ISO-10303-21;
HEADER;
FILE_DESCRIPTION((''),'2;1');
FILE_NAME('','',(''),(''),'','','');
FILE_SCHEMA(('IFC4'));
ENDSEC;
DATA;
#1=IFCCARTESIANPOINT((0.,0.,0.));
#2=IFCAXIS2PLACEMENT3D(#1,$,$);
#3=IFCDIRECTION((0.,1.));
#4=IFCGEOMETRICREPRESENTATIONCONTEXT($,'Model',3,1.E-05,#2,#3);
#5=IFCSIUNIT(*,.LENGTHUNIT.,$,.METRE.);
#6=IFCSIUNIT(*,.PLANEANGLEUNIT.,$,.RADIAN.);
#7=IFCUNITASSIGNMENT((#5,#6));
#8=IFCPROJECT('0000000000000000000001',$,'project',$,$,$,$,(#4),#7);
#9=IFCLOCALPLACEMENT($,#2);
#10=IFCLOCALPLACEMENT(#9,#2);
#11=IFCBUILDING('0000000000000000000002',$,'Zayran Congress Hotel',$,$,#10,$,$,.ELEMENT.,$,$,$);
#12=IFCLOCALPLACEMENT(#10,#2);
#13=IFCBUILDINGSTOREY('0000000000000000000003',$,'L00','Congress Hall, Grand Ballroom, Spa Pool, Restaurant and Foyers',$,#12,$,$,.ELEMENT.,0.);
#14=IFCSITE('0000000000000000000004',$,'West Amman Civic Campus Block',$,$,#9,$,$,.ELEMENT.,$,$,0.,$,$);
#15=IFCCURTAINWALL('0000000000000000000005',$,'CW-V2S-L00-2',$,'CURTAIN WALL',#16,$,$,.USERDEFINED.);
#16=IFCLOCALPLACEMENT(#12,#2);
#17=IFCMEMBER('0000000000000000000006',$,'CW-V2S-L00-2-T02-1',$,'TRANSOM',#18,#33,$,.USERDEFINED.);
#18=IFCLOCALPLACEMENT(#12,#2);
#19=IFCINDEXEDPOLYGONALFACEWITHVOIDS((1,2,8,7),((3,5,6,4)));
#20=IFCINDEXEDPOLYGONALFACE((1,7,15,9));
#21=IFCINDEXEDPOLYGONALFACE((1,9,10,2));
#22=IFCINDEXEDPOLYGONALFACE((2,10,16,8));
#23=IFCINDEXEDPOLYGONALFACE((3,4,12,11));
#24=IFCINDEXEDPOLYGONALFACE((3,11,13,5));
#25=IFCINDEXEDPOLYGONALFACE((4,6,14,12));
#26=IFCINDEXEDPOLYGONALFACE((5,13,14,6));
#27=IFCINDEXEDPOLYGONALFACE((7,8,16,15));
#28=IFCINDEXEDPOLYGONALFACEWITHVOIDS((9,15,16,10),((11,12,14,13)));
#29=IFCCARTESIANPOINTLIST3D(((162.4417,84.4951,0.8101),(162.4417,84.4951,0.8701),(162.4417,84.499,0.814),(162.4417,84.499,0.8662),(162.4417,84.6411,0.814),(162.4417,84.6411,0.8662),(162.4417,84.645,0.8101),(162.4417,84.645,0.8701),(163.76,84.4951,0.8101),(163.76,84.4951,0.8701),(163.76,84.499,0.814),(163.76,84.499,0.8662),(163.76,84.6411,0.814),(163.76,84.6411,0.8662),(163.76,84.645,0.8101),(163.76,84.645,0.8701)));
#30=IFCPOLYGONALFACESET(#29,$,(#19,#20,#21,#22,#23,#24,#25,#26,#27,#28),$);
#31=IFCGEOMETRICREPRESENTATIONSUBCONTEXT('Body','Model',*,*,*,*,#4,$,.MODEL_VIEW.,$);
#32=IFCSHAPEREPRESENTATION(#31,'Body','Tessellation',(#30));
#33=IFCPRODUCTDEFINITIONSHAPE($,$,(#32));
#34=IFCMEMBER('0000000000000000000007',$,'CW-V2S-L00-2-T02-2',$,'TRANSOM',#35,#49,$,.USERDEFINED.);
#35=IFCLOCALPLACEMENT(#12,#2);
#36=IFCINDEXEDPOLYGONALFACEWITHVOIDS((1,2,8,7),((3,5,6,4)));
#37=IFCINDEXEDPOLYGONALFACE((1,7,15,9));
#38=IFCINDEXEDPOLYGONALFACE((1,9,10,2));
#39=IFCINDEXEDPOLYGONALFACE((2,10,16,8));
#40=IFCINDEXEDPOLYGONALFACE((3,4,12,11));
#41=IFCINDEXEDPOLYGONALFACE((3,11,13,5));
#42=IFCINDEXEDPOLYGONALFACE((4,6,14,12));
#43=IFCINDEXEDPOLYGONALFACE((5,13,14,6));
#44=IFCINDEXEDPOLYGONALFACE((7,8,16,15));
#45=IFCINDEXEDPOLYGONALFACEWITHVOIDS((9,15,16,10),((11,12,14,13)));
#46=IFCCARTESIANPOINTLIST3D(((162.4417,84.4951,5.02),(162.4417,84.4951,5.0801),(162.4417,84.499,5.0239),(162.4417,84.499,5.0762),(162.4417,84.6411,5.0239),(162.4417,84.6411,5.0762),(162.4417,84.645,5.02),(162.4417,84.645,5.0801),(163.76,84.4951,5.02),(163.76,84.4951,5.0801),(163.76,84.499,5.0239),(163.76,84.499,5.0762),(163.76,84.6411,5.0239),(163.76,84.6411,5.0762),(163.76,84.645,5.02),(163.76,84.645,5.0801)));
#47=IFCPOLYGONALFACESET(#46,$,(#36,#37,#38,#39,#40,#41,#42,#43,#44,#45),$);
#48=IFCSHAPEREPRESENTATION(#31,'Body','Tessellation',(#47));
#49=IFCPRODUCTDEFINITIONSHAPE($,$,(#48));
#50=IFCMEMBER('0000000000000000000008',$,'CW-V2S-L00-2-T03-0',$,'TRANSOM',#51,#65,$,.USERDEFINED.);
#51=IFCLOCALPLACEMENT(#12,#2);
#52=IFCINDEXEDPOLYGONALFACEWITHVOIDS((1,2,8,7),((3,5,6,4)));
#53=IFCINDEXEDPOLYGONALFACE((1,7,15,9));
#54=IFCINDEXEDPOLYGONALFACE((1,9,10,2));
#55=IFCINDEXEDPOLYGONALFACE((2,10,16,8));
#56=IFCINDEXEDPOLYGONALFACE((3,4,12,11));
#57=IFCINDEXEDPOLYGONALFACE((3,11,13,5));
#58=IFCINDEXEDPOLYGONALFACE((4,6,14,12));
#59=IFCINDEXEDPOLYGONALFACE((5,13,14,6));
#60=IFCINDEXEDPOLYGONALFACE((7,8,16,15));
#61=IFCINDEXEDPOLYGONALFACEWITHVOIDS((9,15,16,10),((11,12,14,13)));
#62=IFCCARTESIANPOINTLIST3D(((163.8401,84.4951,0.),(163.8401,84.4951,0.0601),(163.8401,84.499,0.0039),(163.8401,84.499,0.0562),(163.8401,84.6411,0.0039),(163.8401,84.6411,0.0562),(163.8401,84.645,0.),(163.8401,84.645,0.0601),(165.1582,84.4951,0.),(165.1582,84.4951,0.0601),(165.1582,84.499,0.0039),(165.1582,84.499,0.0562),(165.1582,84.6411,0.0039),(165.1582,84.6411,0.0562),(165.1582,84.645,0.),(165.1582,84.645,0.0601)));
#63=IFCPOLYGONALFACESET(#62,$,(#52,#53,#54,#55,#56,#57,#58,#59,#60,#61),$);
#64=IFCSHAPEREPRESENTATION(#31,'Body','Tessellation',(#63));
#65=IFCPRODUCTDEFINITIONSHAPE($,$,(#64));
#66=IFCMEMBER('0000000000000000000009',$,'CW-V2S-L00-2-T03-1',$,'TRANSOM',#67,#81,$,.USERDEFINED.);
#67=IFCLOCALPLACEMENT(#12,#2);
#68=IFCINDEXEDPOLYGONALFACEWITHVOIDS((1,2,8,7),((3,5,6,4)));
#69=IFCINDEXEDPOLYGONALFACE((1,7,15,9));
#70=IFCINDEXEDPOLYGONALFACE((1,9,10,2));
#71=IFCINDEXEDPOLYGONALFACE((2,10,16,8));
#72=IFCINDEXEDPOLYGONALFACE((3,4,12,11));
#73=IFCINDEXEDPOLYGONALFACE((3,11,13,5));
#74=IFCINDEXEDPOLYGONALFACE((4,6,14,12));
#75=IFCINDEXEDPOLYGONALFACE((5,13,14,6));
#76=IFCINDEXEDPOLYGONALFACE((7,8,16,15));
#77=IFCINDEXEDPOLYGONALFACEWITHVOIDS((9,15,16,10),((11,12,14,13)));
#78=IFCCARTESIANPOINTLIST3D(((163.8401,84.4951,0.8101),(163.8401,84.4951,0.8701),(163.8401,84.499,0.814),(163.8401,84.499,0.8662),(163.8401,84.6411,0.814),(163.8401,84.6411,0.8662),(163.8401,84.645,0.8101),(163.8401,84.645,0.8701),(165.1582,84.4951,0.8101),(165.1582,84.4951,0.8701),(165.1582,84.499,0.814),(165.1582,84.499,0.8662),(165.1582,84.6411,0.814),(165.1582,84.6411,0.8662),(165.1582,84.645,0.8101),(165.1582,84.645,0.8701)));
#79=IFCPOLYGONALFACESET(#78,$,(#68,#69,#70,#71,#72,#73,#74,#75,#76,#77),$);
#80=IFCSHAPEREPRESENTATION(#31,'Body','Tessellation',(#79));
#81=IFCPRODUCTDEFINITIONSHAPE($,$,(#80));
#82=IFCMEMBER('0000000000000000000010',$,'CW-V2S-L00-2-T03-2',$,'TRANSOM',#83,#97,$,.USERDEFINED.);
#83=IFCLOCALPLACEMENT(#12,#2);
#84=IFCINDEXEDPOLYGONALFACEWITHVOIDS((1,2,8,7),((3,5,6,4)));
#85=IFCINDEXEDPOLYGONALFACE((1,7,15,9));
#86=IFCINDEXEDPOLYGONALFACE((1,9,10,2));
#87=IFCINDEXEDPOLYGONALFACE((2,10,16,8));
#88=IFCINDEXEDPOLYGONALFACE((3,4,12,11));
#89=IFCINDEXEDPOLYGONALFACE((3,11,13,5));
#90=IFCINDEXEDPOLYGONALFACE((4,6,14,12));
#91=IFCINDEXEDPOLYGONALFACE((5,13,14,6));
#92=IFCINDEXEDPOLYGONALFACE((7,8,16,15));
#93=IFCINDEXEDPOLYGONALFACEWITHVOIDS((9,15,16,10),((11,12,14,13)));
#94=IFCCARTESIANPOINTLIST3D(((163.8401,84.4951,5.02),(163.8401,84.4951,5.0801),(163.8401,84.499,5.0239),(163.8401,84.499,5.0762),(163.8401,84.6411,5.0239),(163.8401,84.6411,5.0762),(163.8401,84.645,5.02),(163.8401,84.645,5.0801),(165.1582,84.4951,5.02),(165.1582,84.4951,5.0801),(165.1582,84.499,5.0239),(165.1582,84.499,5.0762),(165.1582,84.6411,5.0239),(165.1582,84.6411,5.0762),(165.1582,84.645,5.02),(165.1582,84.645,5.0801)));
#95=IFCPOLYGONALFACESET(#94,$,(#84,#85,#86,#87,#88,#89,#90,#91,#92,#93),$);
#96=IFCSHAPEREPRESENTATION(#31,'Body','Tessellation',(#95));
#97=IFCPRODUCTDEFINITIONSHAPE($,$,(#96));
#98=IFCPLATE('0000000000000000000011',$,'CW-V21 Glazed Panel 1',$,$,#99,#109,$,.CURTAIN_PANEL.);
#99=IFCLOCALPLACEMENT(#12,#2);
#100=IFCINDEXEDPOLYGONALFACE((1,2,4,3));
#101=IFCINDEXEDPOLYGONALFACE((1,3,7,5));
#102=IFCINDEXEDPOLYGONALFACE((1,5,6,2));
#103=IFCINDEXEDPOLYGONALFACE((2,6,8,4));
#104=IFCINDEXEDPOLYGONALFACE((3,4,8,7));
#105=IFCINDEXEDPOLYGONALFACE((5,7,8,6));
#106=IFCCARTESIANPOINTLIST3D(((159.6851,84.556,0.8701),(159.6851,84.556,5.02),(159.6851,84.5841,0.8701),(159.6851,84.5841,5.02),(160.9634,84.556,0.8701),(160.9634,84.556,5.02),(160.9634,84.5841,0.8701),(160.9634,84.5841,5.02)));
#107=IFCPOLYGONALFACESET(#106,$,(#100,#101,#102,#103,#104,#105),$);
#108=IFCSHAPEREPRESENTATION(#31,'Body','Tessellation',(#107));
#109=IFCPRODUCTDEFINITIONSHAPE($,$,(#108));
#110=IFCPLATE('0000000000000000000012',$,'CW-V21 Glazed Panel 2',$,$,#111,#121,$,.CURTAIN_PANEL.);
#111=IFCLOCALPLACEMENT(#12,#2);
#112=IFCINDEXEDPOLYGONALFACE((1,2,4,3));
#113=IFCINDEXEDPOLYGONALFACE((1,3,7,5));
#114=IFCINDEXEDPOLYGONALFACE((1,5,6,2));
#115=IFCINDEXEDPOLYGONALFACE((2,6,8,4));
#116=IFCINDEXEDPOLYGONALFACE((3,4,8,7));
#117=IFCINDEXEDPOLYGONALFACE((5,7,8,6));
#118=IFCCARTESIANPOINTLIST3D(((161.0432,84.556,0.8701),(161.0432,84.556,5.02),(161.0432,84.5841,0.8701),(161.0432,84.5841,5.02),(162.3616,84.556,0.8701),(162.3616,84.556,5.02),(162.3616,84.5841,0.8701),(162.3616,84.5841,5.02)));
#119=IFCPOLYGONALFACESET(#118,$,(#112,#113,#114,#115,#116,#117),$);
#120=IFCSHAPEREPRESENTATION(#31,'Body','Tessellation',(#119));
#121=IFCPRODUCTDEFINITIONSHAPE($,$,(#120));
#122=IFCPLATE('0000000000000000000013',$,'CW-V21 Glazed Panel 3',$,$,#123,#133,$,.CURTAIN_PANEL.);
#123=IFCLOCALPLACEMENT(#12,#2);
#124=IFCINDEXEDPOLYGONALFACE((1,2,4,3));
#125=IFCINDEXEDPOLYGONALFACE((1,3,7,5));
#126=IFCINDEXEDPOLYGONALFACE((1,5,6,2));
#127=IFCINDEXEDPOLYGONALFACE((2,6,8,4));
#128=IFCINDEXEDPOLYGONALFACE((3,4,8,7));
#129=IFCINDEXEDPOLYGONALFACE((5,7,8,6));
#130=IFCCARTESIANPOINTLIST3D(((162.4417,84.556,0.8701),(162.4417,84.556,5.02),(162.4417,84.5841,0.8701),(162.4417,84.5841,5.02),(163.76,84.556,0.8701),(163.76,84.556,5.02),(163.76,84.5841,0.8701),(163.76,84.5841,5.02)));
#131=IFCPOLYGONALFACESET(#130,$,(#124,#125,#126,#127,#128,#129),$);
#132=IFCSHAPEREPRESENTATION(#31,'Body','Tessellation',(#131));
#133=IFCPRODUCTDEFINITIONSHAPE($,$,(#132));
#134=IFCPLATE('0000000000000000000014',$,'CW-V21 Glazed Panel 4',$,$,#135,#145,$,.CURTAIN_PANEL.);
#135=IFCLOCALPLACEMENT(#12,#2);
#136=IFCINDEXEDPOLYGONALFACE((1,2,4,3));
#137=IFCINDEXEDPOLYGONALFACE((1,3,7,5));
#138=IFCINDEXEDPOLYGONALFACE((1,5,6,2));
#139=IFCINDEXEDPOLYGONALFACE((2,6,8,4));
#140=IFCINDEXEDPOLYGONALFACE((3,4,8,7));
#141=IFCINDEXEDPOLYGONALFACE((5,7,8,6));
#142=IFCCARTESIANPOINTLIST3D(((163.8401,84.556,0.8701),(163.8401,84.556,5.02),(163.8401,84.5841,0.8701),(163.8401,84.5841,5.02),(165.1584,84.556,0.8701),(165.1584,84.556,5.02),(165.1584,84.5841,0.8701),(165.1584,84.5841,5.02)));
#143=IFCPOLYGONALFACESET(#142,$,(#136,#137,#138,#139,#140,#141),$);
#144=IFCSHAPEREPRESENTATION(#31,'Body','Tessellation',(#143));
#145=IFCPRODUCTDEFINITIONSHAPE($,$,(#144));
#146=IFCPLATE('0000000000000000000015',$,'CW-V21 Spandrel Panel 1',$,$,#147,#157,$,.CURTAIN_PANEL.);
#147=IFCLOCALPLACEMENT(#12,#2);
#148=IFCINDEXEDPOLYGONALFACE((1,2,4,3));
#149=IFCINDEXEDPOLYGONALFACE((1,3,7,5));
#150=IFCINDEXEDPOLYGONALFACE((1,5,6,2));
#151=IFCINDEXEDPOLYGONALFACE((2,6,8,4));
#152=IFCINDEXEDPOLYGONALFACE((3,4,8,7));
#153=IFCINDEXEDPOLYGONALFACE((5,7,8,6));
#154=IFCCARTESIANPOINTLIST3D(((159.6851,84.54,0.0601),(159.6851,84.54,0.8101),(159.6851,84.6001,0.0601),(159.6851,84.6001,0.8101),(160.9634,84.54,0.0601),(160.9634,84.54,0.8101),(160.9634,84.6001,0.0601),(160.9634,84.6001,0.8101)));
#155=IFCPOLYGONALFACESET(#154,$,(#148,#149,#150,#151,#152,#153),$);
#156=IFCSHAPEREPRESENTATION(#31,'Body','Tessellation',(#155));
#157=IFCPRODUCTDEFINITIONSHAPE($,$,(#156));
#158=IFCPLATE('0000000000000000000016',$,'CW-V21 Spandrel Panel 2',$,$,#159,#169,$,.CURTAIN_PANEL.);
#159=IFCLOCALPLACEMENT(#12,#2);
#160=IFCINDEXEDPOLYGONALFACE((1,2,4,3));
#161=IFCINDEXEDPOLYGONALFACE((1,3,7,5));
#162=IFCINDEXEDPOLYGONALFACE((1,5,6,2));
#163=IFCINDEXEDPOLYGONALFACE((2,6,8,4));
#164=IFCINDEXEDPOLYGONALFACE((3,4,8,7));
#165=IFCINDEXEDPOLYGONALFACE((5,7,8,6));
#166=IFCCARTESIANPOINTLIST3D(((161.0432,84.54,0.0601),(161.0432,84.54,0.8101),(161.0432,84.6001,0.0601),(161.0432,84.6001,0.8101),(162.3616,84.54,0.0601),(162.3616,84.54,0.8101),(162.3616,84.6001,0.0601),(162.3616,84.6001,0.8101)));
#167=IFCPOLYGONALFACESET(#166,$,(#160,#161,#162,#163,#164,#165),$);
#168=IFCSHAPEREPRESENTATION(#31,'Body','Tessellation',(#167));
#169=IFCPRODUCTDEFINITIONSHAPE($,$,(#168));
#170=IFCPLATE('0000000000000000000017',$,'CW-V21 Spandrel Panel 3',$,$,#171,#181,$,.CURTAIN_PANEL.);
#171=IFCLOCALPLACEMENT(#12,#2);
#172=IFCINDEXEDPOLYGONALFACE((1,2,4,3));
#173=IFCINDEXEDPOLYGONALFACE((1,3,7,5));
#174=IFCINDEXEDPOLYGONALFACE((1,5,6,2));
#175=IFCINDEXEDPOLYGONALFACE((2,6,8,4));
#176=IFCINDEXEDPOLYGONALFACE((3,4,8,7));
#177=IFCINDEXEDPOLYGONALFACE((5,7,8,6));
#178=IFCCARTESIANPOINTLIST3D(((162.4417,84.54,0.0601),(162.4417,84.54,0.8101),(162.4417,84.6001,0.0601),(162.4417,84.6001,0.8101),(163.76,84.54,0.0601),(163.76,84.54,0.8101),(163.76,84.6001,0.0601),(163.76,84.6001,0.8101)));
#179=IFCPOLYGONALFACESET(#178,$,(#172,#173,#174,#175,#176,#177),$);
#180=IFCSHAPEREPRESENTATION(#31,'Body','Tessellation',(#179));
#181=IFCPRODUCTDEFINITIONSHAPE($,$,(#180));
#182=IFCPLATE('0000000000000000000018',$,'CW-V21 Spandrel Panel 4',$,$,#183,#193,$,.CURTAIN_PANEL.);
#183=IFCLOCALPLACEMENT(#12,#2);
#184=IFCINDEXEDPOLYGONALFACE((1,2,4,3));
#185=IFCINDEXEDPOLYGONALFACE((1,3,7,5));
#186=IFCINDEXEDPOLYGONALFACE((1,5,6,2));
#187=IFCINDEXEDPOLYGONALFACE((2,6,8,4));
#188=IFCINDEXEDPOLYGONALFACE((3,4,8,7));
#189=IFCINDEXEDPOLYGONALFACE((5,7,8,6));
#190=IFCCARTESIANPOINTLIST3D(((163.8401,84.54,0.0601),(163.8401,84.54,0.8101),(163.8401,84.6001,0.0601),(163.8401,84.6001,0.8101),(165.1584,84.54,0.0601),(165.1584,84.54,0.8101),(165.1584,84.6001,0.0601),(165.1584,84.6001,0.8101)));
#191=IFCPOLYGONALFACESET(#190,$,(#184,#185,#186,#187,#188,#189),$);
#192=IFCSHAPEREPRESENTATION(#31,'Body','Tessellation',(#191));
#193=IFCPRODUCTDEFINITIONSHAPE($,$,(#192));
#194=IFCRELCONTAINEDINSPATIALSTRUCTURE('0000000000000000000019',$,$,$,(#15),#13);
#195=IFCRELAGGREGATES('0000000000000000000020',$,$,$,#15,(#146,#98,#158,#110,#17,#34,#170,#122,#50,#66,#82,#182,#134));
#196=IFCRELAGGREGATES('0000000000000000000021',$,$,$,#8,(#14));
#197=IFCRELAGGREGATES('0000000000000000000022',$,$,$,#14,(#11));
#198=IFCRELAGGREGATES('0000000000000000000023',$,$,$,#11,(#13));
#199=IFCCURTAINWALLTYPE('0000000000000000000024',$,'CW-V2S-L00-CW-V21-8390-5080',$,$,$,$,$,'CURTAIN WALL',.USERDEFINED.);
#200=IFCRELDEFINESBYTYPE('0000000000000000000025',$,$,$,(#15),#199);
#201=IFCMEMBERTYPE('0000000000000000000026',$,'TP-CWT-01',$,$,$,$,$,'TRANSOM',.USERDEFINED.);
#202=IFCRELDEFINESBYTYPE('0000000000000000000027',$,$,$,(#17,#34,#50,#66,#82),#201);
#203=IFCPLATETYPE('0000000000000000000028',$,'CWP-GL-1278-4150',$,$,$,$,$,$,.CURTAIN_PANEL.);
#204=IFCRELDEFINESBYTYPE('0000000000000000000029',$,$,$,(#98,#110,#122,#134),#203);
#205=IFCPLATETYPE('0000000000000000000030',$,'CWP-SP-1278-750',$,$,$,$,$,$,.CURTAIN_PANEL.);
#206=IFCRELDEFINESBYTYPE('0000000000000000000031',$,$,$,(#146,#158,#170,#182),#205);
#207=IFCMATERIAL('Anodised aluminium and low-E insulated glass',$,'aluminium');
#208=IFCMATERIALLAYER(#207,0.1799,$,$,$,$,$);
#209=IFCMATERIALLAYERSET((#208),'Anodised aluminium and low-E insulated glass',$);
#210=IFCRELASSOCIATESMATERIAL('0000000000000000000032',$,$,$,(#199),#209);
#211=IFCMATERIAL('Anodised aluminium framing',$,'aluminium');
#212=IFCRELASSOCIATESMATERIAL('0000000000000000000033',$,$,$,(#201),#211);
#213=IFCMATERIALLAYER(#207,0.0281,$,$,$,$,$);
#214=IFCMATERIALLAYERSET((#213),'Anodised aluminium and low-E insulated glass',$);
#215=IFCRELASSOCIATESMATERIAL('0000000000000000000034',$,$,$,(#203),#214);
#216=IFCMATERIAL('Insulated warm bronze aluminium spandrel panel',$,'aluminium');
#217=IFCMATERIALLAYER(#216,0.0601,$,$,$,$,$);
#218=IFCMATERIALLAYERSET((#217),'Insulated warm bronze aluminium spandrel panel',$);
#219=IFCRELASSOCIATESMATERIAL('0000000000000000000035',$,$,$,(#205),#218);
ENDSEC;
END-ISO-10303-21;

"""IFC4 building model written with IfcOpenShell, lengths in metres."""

from ifc_helpers import new_model, si_unit, direction, frame, origin, origin_2d, place, context, subcontext, project, spatial, rectangle, hollow_rectangle, extrude, material, layer, layer_set, material_profile, profile_set, type_object, element, aggregate, save


model = new_model("IFC4")

# Units and contexts
model_context = context("Model", 3, precision=1e-05, world=origin(), true_north=direction((0.0, 1.0)))
body_context = subcontext(model_context, "Body", "Model", "MODEL_VIEW")
ifc_project = project(units=[si_unit("LENGTHUNIT", "METRE"), si_unit("PLANEANGLEUNIT", "RADIAN")], contexts=[model_context])

# Site, building, storey
site_placement = place(None, origin())
site = spatial("IfcSite", under=ifc_project, at=site_placement, Name="West Amman Civic Campus Block", CompositionType="ELEMENT", RefElevation=0.0)
building_placement = place(site_placement, origin())
building = spatial("IfcBuilding", under=site, at=building_placement, Name="Zayran Congress Hotel", CompositionType="ELEMENT")
storey_placement = place(building_placement, origin())
storey = spatial("IfcBuildingStorey", under=building, at=storey_placement, Name="L00", Description="Congress Hall, Grand Ballroom, Spa Pool, Restaurant and Foyers", CompositionType="ELEMENT", Elevation=0.0)

# Curtain wall, members, plates
ifc_material_1 = material(Name="Anodised aluminium and low-E insulated glass", Category="aluminium")
ifc_layer_1 = layer(ifc_material_1, 0.1799)
ifc_layer_set_1 = layer_set([ifc_layer_1], Name="Anodised aluminium and low-E insulated glass")
curtain_wall_type = type_object("IfcCurtainWallType", Name="CW-V2S-L00-CW-V21-8390-5080", ElementType="CURTAIN WALL", PredefinedType="USERDEFINED", material=ifc_layer_set_1)
curtain_wall_placement = place(storey_placement, origin())
curtain_wall = element("IfcCurtainWall", 1, at=curtain_wall_placement, inside=storey, type_object=curtain_wall_type, Name="CW-V2S-L00-2", ObjectType="CURTAIN WALL", PredefinedType="USERDEFINED")
ifc_material_2 = material(Name="Anodised aluminium framing", Category="aluminium")
ifc_material_profile_1 = material_profile(ifc_material_2, hollow_rectangle(XDim=0.0601, YDim=0.1499, WallThickness=0.0039, at=origin_2d()), Name="RHS 150x60x4")
ifc_profile_set_1 = profile_set([ifc_material_profile_1], Name="Anodised aluminium framing")
member_type_1 = type_object("IfcMemberType", Name="TP-CWT-01", ElementType="TRANSOM", PredefinedType="USERDEFINED", material=ifc_profile_set_1)
member_1_placement = place(storey_placement, frame((162.4417, 84.5701, 0.8401), z_axis=(1.0, 0.0, 0.0), x_axis=(0.0, 0.0, 1.0)))
member_1 = element("IfcMember", 2, at=member_1_placement, type_object=member_type_1, Name="CW-V2S-L00-2-T02-1", ObjectType="TRANSOM", PredefinedType="USERDEFINED", context=body_context, shape_type="SweptSolid", body=[
    extrude(hollow_rectangle(XDim=0.0601, YDim=0.1499, WallThickness=0.0039, at=origin_2d()), origin(), (0.0, 0.0, 1.0), 1.3184),
])
member_2_placement = place(storey_placement, frame((162.4417, 84.5701, 5.05), z_axis=(1.0, 0.0, 0.0), x_axis=(0.0, 0.0, 1.0)))
member_2 = element("IfcMember", 3, at=member_2_placement, type_object=member_type_1, Name="CW-V2S-L00-2-T02-2", ObjectType="TRANSOM", PredefinedType="USERDEFINED", context=body_context, shape_type="SweptSolid", body=[
    extrude(hollow_rectangle(XDim=0.0601, YDim=0.1499, WallThickness=0.0039, at=origin_2d()), origin(), (0.0, 0.0, 1.0), 1.3184),
])
member_3_placement = place(storey_placement, frame((163.8401, 84.5701, 0.03), z_axis=(1.0, 0.0, 0.0), x_axis=(0.0, 0.0, 1.0)))
member_3 = element("IfcMember", 4, at=member_3_placement, type_object=member_type_1, Name="CW-V2S-L00-2-T03-0", ObjectType="TRANSOM", PredefinedType="USERDEFINED", context=body_context, shape_type="SweptSolid", body=[
    extrude(hollow_rectangle(XDim=0.0601, YDim=0.1499, WallThickness=0.0039, at=origin_2d()), origin(), (0.0, 0.0, 1.0), 1.3181),
])
member_4_placement = place(storey_placement, frame((163.8401, 84.5701, 0.8401), z_axis=(1.0, 0.0, 0.0), x_axis=(0.0, 0.0, 1.0)))
member_4 = element("IfcMember", 5, at=member_4_placement, type_object=member_type_1, Name="CW-V2S-L00-2-T03-1", ObjectType="TRANSOM", PredefinedType="USERDEFINED", context=body_context, shape_type="SweptSolid", body=[
    extrude(hollow_rectangle(XDim=0.0601, YDim=0.1499, WallThickness=0.0039, at=origin_2d()), origin(), (0.0, 0.0, 1.0), 1.3181),
])
member_5_placement = place(storey_placement, frame((163.8401, 84.5701, 5.05), z_axis=(1.0, 0.0, 0.0), x_axis=(0.0, 0.0, 1.0)))
member_5 = element("IfcMember", 6, at=member_5_placement, type_object=member_type_1, Name="CW-V2S-L00-2-T03-2", ObjectType="TRANSOM", PredefinedType="USERDEFINED", context=body_context, shape_type="SweptSolid", body=[
    extrude(hollow_rectangle(XDim=0.0601, YDim=0.1499, WallThickness=0.0039, at=origin_2d()), origin(), (0.0, 0.0, 1.0), 1.3181),
])
ifc_layer_2 = layer(ifc_material_1, 0.0281)
ifc_layer_set_2 = layer_set([ifc_layer_2], Name="Anodised aluminium and low-E insulated glass")
plate_type_1 = type_object("IfcPlateType", Name="CWP-GL-1278-4150", PredefinedType="CURTAIN_PANEL", material=ifc_layer_set_2)
plate_1_placement = place(storey_placement, frame((160.3242, 84.5701, 0.8701), z_axis=(0.0, 0.0, 1.0), x_axis=(1.0, 0.0, 0.0)))
plate_1 = element("IfcPlate", 7, at=plate_1_placement, type_object=plate_type_1, Name="CW-V21 Glazed Panel 1", PredefinedType="CURTAIN_PANEL", context=body_context, shape_type="SweptSolid", body=[
    extrude(rectangle(XDim=1.2783, YDim=0.0281, at=origin_2d()), origin(), (0.0, 0.0, 1.0), 4.1499),
])
plate_2_placement = place(storey_placement, frame((161.7024, 84.5701, 0.8701), z_axis=(0.0, 0.0, 1.0), x_axis=(1.0, 0.0, 0.0)))
plate_2 = element("IfcPlate", 8, at=plate_2_placement, type_object=plate_type_1, Name="CW-V21 Glazed Panel 2", PredefinedType="CURTAIN_PANEL", context=body_context, shape_type="SweptSolid", body=[
    extrude(rectangle(XDim=1.3184, YDim=0.0281, at=origin_2d()), origin(), (0.0, 0.0, 1.0), 4.1499),
])
plate_3_placement = place(storey_placement, frame((163.1008, 84.5701, 0.8701), z_axis=(0.0, 0.0, 1.0), x_axis=(1.0, 0.0, 0.0)))
plate_3 = element("IfcPlate", 9, at=plate_3_placement, type_object=plate_type_1, Name="CW-V21 Glazed Panel 3", PredefinedType="CURTAIN_PANEL", context=body_context, shape_type="SweptSolid", body=[
    extrude(rectangle(XDim=1.3184, YDim=0.0281, at=origin_2d()), origin(), (0.0, 0.0, 1.0), 4.1499),
])
plate_4_placement = place(storey_placement, frame((164.4993, 84.5701, 0.8701), z_axis=(0.0, 0.0, 1.0), x_axis=(1.0, 0.0, 0.0)))
plate_4 = element("IfcPlate", 10, at=plate_4_placement, type_object=plate_type_1, Name="CW-V21 Glazed Panel 4", PredefinedType="CURTAIN_PANEL", context=body_context, shape_type="SweptSolid", body=[
    extrude(rectangle(XDim=1.3184, YDim=0.0281, at=origin_2d()), origin(), (0.0, 0.0, 1.0), 4.1499),
])
ifc_material_3 = material(Name="Insulated warm bronze aluminium spandrel panel", Category="aluminium")
ifc_layer_3 = layer(ifc_material_3, 0.0601)
ifc_layer_set_3 = layer_set([ifc_layer_3], Name="Insulated warm bronze aluminium spandrel panel")
plate_type_2 = type_object("IfcPlateType", Name="CWP-SP-1278-750", PredefinedType="CURTAIN_PANEL", material=ifc_layer_set_3)
plate_5_placement = place(storey_placement, frame((160.3242, 84.5701, 0.0601), z_axis=(0.0, 0.0, 1.0), x_axis=(1.0, 0.0, 0.0)))
plate_5 = element("IfcPlate", 11, at=plate_5_placement, type_object=plate_type_2, Name="CW-V21 Spandrel Panel 1", PredefinedType="CURTAIN_PANEL", context=body_context, shape_type="SweptSolid", body=[
    extrude(rectangle(XDim=1.2783, YDim=0.0601, at=origin_2d()), origin(), (0.0, 0.0, 1.0), 0.75),
])
plate_6_placement = place(storey_placement, frame((161.7024, 84.5701, 0.0601), z_axis=(0.0, 0.0, 1.0), x_axis=(1.0, 0.0, 0.0)))
plate_6 = element("IfcPlate", 12, at=plate_6_placement, type_object=plate_type_2, Name="CW-V21 Spandrel Panel 2", PredefinedType="CURTAIN_PANEL", context=body_context, shape_type="SweptSolid", body=[
    extrude(rectangle(XDim=1.3184, YDim=0.0601, at=origin_2d()), origin(), (0.0, 0.0, 1.0), 0.75),
])
plate_7_placement = place(storey_placement, frame((163.1008, 84.5701, 0.0601), z_axis=(0.0, 0.0, 1.0), x_axis=(1.0, 0.0, 0.0)))
plate_7 = element("IfcPlate", 13, at=plate_7_placement, type_object=plate_type_2, Name="CW-V21 Spandrel Panel 3", PredefinedType="CURTAIN_PANEL", context=body_context, shape_type="SweptSolid", body=[
    extrude(rectangle(XDim=1.3184, YDim=0.0601, at=origin_2d()), origin(), (0.0, 0.0, 1.0), 0.75),
])
plate_8_placement = place(storey_placement, frame((164.4993, 84.5701, 0.0601), z_axis=(0.0, 0.0, 1.0), x_axis=(1.0, 0.0, 0.0)))
plate_8 = element("IfcPlate", 14, at=plate_8_placement, type_object=plate_type_2, Name="CW-V21 Spandrel Panel 4", PredefinedType="CURTAIN_PANEL", context=body_context, shape_type="SweptSolid", body=[
    extrude(rectangle(XDim=1.3184, YDim=0.0601, at=origin_2d()), origin(), (0.0, 0.0, 1.0), 0.75),
])
aggregate(curtain_wall, [plate_5, plate_1, plate_6, plate_2, member_1, member_2, plate_7, plate_3, member_3, member_4, member_5, plate_8, plate_4])

save(model, "model.ifc")
